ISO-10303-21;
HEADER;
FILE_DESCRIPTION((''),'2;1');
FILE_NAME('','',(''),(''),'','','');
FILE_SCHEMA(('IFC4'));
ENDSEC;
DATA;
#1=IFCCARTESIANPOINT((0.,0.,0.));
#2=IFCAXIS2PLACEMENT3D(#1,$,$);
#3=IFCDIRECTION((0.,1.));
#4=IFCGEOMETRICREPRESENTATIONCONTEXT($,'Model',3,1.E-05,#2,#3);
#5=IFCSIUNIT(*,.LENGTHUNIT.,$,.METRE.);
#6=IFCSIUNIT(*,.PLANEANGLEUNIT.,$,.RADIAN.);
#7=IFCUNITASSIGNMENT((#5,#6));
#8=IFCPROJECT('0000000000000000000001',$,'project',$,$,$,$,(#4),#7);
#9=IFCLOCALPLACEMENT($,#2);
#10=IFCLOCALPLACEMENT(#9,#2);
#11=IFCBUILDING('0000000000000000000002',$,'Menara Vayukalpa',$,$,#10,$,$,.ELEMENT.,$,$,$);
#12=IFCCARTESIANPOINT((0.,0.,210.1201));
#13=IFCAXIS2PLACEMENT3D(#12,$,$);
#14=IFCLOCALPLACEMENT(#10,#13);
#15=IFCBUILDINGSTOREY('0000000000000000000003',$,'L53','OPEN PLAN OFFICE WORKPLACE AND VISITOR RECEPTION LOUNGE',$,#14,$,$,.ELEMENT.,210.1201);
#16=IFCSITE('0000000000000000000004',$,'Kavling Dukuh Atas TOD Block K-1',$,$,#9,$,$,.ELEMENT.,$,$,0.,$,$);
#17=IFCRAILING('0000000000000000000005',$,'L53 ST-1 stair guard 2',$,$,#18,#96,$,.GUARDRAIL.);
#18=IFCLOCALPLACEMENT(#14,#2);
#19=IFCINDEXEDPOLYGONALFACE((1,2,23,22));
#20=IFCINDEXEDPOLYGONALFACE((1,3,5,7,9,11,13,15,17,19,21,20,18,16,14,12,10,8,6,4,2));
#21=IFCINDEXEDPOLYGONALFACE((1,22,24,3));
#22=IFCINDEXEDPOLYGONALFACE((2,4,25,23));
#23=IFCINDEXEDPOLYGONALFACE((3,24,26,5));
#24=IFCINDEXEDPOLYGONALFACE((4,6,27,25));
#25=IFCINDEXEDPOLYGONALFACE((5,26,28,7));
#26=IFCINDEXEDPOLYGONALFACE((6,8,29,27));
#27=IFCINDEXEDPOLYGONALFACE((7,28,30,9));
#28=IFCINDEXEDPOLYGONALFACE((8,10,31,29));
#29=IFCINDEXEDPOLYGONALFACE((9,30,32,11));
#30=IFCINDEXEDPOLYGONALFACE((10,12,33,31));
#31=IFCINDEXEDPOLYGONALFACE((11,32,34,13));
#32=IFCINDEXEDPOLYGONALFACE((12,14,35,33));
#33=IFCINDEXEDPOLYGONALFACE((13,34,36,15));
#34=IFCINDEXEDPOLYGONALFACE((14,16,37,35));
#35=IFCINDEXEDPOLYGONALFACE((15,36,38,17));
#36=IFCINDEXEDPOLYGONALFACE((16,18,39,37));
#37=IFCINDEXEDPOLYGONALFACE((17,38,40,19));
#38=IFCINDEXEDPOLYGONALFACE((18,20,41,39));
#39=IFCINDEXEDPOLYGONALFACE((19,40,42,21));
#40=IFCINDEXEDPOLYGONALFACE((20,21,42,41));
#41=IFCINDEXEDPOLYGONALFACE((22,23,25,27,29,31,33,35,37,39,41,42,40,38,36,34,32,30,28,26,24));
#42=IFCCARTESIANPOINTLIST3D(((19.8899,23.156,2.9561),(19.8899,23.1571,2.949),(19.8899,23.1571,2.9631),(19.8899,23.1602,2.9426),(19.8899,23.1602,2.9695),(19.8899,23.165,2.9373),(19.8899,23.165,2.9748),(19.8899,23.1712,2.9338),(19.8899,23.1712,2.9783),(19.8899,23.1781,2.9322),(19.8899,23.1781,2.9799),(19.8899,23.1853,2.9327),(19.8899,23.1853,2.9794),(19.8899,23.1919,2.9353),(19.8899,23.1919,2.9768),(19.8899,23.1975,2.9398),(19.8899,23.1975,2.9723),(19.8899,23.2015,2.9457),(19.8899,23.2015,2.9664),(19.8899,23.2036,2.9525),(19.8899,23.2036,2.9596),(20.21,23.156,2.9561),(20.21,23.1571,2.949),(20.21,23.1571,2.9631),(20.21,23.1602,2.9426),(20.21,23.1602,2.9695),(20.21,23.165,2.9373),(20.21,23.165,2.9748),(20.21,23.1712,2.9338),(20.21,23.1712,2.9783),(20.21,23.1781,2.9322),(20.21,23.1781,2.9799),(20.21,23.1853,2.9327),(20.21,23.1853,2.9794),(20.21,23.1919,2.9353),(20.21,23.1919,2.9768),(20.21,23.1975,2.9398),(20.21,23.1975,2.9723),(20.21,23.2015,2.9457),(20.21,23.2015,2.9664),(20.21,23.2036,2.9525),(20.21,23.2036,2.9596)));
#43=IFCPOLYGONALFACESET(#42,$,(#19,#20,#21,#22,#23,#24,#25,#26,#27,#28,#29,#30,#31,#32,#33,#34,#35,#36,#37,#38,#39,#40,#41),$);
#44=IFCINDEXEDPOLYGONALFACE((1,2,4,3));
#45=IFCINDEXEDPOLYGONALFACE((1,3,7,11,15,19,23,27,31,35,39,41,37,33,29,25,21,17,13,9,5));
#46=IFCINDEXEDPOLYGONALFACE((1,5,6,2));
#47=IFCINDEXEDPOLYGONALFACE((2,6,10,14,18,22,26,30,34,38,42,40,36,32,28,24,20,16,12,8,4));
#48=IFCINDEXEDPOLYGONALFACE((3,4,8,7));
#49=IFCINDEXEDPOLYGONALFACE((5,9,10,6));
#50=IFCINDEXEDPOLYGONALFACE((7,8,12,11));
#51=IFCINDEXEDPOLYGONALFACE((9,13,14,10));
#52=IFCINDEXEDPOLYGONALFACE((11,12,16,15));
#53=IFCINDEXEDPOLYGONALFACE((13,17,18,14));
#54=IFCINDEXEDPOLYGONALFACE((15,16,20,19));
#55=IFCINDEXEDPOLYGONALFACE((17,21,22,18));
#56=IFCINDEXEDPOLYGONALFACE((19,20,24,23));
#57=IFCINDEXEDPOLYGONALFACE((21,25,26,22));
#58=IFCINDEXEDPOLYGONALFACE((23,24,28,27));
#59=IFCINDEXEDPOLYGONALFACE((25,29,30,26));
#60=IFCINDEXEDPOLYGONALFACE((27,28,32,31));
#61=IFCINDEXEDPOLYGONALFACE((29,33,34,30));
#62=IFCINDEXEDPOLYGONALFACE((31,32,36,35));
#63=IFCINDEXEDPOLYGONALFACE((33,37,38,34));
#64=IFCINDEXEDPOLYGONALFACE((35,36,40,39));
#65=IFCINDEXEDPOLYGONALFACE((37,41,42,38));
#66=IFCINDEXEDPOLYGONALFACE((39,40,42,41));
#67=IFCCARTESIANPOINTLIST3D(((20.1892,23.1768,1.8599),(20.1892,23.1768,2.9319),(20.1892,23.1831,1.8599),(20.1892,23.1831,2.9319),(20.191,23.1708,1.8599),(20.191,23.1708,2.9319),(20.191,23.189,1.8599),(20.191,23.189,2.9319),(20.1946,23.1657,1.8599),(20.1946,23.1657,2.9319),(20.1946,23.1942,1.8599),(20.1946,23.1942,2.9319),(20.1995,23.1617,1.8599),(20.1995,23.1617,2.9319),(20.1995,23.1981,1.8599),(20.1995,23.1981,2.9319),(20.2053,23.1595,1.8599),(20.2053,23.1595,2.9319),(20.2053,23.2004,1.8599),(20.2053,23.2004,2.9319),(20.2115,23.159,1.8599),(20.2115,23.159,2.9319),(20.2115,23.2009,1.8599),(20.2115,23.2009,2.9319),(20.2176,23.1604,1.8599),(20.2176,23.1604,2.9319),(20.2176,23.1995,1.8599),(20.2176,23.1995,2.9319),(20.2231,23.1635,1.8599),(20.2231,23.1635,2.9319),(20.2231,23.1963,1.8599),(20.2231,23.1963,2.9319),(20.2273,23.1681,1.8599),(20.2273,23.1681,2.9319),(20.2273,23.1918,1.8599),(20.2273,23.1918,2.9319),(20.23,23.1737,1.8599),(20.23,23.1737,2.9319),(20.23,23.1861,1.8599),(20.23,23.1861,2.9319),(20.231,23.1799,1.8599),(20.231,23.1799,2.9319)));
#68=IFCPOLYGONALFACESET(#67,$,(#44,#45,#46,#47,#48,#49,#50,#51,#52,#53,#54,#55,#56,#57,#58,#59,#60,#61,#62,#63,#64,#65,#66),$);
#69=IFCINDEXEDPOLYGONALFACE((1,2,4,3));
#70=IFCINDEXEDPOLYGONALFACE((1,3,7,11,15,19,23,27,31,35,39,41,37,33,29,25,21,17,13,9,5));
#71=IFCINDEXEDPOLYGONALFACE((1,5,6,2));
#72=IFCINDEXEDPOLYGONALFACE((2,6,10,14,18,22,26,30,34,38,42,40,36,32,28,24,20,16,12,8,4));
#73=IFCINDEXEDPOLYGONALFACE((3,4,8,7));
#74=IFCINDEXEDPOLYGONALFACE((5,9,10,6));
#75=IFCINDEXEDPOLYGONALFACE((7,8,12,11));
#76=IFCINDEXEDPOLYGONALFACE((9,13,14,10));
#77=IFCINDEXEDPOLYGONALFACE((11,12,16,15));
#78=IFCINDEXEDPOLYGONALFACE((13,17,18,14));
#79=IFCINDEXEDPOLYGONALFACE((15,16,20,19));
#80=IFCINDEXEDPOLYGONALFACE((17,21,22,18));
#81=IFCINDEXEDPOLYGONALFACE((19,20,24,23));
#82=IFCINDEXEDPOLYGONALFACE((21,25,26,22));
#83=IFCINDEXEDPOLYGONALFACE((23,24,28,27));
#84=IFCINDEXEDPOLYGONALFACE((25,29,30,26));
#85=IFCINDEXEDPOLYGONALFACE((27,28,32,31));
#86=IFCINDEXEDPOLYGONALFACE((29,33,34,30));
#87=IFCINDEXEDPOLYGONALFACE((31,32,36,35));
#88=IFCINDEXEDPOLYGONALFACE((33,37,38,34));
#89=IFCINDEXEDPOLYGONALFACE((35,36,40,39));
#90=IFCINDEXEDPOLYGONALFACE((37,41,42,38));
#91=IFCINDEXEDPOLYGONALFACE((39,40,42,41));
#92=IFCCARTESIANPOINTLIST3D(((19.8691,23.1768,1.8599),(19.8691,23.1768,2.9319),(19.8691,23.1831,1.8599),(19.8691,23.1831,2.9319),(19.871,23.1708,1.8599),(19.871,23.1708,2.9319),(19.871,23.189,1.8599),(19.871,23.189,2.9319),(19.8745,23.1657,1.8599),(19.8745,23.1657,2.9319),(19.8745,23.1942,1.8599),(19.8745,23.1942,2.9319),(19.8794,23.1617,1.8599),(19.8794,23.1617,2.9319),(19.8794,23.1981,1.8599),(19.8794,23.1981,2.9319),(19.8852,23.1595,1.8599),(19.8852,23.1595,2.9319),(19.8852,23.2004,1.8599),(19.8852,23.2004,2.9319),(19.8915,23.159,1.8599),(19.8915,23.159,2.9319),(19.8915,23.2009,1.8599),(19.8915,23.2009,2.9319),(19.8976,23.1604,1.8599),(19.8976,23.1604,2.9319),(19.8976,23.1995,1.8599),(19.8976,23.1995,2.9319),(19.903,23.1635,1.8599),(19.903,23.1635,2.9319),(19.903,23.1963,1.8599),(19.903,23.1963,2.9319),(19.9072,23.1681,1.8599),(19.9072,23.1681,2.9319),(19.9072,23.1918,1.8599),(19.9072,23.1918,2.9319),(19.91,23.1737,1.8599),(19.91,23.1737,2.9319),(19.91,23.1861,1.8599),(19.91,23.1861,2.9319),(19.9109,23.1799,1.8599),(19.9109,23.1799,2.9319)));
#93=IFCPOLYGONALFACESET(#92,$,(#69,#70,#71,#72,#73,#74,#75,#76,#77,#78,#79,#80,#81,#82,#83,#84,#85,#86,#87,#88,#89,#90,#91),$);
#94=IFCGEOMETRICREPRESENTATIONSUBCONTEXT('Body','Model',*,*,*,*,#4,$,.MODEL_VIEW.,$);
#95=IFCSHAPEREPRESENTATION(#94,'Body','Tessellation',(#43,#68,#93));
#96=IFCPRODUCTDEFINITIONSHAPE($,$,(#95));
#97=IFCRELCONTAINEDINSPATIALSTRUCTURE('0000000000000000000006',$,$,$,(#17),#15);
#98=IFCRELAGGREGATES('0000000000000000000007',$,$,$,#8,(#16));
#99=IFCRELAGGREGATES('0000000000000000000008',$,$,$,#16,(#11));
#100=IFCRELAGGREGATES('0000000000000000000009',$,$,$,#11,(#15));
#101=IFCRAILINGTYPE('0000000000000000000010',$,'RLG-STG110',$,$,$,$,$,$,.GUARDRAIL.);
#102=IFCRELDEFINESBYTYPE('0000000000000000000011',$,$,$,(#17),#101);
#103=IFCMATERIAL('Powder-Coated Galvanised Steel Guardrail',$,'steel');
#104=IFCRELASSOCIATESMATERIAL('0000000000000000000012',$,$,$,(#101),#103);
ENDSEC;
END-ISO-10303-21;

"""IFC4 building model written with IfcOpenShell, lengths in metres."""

from ifc_helpers import new_model, si_unit, direction, frame, origin, origin_2d, place, context, subcontext, project, spatial, circle, extrude, material, type_object, element, save


model = new_model("IFC4")

# Units and contexts
model_context = context("Model", 3, precision=1e-05, world=origin(), true_north=direction((0.0, 1.0)))
body_context = subcontext(model_context, "Body", "Model", "MODEL_VIEW")
ifc_project = project(units=[si_unit("LENGTHUNIT", "METRE"), si_unit("PLANEANGLEUNIT", "RADIAN")], contexts=[model_context])

# Site, building, storey
site_placement = place(None, origin())
site = spatial("IfcSite", under=ifc_project, at=site_placement, Name="Kavling Dukuh Atas TOD Block K-1", CompositionType="ELEMENT", RefElevation=0.0)
building_placement = place(site_placement, origin())
building = spatial("IfcBuilding", under=site, at=building_placement, Name="Menara Vayukalpa", CompositionType="ELEMENT")
storey_placement = place(building_placement, frame((0.0, 0.0, 210.1201)))
storey = spatial("IfcBuildingStorey", under=building, at=storey_placement, Name="L53", Description="OPEN PLAN OFFICE WORKPLACE AND VISITOR RECEPTION LOUNGE", CompositionType="ELEMENT", Elevation=210.1201)

# Railing
ifc_material_1 = material(Name="Powder-Coated Galvanised Steel Guardrail", Category="steel")
railing_type_1 = type_object("IfcRailingType", Name="RLG-STG110", PredefinedType="GUARDRAIL", material=ifc_material_1)
railing_1_placement = place(storey_placement, frame((20.21, 23.1799, 1.8599)))
element("IfcRailing", 1, at=railing_1_placement, inside=storey, type_object=railing_type_1, Name="L53 ST-1 stair guard 2", PredefinedType="GUARDRAIL", context=body_context, shape_type="SweptSolid", body=[
    extrude(circle(Radius=0.0239, at=origin_2d()), frame((0.0, 0.0, 1.0962), z_axis=(-1.0, 0.0, 0.0), x_axis=(0.0, -1.0, 0.0)), (0.0, 0.0, 1.0), 0.3201),
    extrude(circle(Radius=0.021, at=origin_2d()), origin(), (0.0, 0.0, 1.0), 1.072),
    extrude(circle(Radius=0.021, at=origin_2d()), frame((-0.3201, 0.0, 0.0)), (0.0, 0.0, 1.0), 1.072),
])

save(model, "model.ifc")
